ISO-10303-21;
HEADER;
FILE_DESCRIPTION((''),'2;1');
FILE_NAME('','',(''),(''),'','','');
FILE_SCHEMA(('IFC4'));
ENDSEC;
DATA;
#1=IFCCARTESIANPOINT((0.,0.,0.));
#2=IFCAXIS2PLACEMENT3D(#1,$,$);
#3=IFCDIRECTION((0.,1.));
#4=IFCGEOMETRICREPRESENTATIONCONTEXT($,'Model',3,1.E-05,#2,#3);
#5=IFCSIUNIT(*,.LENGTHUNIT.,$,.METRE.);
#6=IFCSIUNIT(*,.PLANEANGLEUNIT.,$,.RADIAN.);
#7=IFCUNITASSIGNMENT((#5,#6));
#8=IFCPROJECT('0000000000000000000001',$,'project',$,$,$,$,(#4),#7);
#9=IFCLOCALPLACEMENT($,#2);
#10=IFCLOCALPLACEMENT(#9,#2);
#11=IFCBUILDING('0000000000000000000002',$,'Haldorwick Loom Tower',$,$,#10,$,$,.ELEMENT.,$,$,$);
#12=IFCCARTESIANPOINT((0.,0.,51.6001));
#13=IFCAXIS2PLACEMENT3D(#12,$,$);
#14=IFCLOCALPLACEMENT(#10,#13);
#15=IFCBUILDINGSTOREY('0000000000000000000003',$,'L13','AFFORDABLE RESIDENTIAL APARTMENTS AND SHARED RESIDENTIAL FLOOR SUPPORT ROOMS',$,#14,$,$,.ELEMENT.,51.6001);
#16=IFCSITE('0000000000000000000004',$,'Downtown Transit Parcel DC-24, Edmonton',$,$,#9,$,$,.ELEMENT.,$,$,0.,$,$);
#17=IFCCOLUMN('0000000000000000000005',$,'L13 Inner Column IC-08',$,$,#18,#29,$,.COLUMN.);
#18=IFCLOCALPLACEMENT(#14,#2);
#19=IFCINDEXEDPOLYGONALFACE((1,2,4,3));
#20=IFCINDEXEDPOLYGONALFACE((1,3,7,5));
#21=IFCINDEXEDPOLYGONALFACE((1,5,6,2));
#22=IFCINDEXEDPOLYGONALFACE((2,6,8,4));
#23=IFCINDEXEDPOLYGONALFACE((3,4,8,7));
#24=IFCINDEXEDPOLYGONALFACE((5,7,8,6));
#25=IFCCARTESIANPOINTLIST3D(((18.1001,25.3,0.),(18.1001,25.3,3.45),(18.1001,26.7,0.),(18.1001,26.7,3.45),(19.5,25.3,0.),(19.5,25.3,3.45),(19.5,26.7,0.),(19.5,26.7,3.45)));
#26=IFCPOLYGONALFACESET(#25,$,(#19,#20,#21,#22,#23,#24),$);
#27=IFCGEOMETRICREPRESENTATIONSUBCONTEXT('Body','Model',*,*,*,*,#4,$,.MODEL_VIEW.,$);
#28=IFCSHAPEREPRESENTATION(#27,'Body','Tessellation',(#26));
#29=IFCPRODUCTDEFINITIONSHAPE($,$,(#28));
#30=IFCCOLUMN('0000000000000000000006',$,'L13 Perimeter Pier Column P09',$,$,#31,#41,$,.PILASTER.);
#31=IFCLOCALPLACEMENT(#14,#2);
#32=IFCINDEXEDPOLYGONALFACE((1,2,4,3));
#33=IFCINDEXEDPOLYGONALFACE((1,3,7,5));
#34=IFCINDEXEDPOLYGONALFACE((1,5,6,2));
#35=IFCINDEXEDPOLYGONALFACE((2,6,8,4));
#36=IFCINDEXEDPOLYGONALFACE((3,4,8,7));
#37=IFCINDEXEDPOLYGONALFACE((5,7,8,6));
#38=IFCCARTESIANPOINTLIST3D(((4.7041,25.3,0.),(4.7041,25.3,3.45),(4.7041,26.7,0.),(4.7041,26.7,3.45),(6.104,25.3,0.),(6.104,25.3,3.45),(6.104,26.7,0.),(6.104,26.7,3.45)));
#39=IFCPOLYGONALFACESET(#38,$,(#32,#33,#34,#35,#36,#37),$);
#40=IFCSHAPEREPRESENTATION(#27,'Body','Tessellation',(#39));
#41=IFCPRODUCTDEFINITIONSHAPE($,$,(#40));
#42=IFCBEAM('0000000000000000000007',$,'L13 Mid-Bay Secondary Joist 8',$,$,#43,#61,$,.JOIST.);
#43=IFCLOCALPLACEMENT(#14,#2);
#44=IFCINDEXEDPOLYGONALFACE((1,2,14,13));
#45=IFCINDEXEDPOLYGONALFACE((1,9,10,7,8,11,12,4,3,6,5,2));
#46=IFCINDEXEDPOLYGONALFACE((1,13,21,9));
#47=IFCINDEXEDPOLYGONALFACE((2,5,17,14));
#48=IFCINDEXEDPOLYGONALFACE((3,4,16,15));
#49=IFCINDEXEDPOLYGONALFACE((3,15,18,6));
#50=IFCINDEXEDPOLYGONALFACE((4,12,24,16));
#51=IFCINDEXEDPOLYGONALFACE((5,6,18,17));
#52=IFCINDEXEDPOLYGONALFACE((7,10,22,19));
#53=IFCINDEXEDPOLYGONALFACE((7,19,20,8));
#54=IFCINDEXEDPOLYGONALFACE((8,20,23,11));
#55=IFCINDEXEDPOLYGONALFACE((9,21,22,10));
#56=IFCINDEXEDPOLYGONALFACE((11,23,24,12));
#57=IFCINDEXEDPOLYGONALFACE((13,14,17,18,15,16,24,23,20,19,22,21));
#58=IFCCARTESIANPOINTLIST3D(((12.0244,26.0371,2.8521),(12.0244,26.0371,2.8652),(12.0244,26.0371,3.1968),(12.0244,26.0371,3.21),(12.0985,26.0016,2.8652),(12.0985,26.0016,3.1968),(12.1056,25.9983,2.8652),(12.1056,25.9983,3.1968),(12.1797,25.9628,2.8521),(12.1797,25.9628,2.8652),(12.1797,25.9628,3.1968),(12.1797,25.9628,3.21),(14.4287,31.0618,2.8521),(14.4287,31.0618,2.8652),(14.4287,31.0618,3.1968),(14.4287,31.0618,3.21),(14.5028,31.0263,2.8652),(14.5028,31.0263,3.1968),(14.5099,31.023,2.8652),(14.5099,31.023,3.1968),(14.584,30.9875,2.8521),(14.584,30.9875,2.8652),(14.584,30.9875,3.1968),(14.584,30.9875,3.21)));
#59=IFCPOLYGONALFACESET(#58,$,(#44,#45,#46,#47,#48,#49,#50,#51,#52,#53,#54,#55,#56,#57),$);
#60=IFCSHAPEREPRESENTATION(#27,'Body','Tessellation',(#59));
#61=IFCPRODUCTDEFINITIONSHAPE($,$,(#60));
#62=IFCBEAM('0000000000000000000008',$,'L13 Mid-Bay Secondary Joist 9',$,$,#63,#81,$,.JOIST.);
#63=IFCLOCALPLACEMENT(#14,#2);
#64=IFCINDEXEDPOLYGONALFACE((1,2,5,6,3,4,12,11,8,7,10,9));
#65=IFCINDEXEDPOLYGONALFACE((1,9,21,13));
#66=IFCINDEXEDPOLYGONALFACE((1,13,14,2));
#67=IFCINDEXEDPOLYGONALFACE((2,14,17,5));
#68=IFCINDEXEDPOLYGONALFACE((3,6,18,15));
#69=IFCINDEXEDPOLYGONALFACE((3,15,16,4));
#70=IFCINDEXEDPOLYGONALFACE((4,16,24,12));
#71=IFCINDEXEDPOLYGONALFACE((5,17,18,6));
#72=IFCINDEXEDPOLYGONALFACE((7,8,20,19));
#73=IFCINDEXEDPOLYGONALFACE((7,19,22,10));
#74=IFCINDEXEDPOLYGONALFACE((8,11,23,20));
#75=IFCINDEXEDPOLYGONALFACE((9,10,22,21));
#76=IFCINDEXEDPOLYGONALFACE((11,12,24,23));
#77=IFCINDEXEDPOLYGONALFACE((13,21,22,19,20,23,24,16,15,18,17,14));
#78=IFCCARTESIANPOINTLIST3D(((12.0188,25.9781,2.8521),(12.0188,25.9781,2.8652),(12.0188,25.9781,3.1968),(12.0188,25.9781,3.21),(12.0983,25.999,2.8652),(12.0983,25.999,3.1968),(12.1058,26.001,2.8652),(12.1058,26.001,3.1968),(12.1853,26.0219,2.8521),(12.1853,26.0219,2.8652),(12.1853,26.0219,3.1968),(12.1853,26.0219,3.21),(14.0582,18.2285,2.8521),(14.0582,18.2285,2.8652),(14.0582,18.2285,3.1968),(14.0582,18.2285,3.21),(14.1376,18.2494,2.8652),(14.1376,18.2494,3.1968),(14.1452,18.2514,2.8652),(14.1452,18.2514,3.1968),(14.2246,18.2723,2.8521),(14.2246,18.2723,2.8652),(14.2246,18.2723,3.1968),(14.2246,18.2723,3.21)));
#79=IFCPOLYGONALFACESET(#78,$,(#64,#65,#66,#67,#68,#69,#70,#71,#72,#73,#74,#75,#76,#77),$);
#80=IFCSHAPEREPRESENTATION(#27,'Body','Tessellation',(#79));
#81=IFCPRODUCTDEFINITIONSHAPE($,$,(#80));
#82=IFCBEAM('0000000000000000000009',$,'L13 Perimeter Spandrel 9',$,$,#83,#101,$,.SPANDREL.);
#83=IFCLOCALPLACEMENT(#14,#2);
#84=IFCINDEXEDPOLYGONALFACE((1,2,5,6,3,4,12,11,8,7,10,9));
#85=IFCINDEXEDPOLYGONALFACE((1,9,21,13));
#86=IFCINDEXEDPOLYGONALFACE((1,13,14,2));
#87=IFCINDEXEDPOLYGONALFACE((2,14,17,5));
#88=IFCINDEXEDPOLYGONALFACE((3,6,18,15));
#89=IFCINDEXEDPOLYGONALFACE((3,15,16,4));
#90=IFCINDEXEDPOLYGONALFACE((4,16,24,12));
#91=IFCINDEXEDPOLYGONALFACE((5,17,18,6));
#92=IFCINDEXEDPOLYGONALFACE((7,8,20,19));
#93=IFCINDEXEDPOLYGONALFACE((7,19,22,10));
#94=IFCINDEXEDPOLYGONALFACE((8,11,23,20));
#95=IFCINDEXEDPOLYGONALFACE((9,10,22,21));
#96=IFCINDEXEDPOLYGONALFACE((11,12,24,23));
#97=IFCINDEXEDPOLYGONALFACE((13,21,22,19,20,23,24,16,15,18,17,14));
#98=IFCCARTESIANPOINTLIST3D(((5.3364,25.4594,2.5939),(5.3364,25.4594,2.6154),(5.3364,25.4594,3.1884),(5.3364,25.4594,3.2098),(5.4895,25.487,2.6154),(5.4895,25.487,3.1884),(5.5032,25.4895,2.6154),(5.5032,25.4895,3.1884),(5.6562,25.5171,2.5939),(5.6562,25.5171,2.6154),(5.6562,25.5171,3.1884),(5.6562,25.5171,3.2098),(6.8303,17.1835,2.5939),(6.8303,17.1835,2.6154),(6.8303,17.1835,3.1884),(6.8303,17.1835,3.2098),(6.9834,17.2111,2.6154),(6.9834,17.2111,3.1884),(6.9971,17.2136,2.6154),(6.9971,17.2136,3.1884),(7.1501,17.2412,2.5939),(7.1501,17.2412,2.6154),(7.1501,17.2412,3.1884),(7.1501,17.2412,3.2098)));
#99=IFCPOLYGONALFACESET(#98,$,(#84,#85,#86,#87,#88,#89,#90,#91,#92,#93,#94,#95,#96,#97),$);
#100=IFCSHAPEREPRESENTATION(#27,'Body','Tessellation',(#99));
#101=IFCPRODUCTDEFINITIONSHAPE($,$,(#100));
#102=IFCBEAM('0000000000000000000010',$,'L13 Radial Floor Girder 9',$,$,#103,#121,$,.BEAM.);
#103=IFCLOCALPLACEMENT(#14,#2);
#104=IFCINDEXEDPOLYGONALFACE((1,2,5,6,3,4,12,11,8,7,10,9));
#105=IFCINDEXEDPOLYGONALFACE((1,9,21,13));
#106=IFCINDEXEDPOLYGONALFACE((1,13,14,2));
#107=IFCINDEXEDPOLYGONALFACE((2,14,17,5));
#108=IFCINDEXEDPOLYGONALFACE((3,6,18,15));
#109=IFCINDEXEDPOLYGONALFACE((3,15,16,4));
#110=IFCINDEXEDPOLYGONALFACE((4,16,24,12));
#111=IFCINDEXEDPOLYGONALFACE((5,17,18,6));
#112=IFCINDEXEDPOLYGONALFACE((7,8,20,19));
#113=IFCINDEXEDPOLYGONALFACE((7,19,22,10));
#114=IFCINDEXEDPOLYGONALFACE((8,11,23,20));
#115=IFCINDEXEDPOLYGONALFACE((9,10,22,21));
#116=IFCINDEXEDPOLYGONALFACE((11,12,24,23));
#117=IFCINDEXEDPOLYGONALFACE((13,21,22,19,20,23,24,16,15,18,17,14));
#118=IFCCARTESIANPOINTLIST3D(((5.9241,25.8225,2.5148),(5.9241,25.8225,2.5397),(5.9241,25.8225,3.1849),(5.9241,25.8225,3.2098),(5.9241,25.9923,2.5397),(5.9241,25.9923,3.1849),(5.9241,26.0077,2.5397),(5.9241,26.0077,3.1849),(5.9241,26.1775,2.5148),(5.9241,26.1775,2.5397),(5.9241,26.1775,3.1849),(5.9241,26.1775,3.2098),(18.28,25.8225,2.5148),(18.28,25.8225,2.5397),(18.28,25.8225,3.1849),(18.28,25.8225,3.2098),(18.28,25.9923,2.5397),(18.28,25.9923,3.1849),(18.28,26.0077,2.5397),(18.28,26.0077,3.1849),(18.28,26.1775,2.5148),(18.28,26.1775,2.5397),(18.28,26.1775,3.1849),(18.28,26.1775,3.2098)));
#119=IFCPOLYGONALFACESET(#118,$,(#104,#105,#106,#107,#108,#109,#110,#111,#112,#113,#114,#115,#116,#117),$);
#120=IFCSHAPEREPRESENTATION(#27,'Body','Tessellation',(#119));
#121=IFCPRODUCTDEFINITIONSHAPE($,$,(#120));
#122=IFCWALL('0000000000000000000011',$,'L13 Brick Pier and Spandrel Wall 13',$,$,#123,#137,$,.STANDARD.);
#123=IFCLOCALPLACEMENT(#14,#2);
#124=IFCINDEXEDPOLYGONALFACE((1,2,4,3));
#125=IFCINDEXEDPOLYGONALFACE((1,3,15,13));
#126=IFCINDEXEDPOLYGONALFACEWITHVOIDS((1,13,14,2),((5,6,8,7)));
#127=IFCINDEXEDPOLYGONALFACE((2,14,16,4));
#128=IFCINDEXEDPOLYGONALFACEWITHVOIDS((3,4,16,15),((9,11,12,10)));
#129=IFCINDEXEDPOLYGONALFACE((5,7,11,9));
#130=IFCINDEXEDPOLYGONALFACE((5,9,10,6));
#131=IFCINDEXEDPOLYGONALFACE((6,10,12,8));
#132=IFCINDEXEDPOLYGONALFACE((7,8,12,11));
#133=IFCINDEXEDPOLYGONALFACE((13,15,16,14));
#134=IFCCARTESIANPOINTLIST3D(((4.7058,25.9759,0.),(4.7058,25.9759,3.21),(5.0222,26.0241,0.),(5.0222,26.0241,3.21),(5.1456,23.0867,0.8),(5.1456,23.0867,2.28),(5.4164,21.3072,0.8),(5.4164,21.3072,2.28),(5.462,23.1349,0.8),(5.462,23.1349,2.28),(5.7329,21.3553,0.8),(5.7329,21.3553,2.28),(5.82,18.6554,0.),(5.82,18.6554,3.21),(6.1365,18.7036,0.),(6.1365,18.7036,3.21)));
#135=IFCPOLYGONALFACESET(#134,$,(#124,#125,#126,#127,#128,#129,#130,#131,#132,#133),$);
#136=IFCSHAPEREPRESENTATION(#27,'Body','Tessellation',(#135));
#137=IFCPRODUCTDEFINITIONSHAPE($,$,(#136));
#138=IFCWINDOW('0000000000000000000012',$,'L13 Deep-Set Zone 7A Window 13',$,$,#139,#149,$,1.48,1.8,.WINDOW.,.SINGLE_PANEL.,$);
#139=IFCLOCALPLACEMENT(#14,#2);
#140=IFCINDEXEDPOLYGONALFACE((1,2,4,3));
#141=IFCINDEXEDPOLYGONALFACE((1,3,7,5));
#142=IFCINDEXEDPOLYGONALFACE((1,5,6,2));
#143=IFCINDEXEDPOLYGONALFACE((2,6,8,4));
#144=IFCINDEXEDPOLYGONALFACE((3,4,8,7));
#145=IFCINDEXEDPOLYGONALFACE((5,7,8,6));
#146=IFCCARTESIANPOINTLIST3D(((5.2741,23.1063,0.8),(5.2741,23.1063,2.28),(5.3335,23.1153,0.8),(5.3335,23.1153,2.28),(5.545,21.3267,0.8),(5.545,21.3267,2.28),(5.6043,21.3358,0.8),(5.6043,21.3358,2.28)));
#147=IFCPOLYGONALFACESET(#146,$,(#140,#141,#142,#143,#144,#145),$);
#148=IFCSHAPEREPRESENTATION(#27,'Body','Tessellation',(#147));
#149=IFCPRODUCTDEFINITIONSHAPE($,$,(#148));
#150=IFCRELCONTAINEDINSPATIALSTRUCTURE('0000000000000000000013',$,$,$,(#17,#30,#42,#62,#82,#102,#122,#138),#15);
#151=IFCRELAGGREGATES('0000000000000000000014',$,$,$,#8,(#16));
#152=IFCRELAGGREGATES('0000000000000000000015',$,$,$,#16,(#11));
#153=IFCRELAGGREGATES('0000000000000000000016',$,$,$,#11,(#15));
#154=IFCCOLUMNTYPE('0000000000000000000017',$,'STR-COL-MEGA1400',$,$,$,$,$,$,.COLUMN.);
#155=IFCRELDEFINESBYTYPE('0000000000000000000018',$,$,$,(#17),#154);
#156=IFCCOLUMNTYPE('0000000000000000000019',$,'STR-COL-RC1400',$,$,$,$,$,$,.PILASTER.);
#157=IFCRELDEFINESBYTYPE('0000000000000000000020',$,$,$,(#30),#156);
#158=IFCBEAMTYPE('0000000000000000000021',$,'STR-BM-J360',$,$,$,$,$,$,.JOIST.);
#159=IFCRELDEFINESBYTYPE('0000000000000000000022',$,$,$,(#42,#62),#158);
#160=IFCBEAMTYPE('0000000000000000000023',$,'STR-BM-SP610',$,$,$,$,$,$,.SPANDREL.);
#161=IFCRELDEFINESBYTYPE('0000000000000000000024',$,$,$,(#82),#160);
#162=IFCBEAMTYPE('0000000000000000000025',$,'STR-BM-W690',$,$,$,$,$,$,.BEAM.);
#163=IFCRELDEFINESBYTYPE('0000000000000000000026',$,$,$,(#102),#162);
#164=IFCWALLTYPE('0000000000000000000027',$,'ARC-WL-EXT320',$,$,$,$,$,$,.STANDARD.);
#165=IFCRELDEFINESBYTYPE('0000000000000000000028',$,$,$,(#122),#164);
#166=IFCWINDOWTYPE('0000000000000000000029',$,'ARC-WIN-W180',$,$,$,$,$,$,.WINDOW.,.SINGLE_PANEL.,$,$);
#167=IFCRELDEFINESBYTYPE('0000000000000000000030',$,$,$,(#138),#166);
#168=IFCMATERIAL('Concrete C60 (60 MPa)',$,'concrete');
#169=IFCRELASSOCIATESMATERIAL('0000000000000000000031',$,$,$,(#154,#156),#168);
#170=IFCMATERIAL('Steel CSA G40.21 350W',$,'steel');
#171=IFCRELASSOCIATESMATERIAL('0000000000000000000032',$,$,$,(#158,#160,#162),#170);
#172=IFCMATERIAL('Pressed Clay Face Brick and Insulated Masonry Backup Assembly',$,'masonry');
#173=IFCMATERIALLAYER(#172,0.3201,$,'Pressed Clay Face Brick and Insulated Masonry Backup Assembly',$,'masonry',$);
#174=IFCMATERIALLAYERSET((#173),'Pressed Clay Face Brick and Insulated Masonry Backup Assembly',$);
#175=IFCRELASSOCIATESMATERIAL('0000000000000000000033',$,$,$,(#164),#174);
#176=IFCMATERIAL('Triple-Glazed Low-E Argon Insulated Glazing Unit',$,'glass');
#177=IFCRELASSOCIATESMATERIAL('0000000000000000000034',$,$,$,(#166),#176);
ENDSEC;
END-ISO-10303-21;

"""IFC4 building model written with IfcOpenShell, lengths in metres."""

from ifc_helpers import new_model, si_unit, direction, frame, frame_2d, origin, origin_2d, place, context, subcontext, project, spatial, rectangle, i_section, extrude, material, layer, layer_set, material_profile, profile_set, type_object, element, fill, save


model = new_model("IFC4")

# Units and contexts
model_context = context("Model", 3, precision=1e-05, world=origin(), true_north=direction((0.0, 1.0)))
body_context = subcontext(model_context, "Body", "Model", "MODEL_VIEW")
ifc_project = project(units=[si_unit("LENGTHUNIT", "METRE"), si_unit("PLANEANGLEUNIT", "RADIAN")], contexts=[model_context])

# Site, building, storey
site_placement = place(None, origin())
site = spatial("IfcSite", under=ifc_project, at=site_placement, Name="Downtown Transit Parcel DC-24, Edmonton", CompositionType="ELEMENT", RefElevation=0.0)
building_placement = place(site_placement, origin())
building = spatial("IfcBuilding", under=site, at=building_placement, Name="Haldorwick Loom Tower", CompositionType="ELEMENT")
storey_placement = place(building_placement, frame((0.0, 0.0, 51.6001)))
storey = spatial("IfcBuildingStorey", under=building, at=storey_placement, Name="L13", Description="AFFORDABLE RESIDENTIAL APARTMENTS AND SHARED RESIDENTIAL FLOOR SUPPORT ROOMS", CompositionType="ELEMENT", Elevation=51.6001)

# Columns
ifc_material_1 = material(Name="Concrete C60 (60 MPa)", Category="concrete")
ifc_material_profile_1 = material_profile(ifc_material_1, rectangle(XDim=1.3999, YDim=1.3999, at=origin_2d()), Name="RC1400X1400", Category="concrete")
ifc_profile_set_1 = profile_set([ifc_material_profile_1], Name="Concrete C60 (60 MPa)")
column_type_1 = type_object("IfcColumnType", Name="STR-COL-MEGA1400", PredefinedType="COLUMN", material=ifc_profile_set_1)
column_1_placement = place(storey_placement, frame((18.8, 26.0, 0.0), z_axis=(0.0, 0.0, 1.0), x_axis=(1.0, 0.0, 0.0)))
element("IfcColumn", 1, at=column_1_placement, inside=storey, type_object=column_type_1, Name="L13 Inner Column IC-08", PredefinedType="COLUMN", context=body_context, shape_type="SweptSolid", body=[
    extrude(rectangle(XDim=1.3999, YDim=1.3999, at=origin_2d()), origin(), (0.0, 0.0, 1.0), 3.45),
])
ifc_material_profile_2 = material_profile(ifc_material_1, rectangle(XDim=1.3999, YDim=1.3999, at=origin_2d()), Name="RC1400X1400", Category="concrete")
ifc_profile_set_2 = profile_set([ifc_material_profile_2], Name="Concrete C60 (60 MPa)")
column_type_2 = type_object("IfcColumnType", Name="STR-COL-RC1400", PredefinedType="PILASTER", material=ifc_profile_set_2)
column_2_placement = place(storey_placement, frame((5.4041, 26.0, 0.0), z_axis=(0.0, 0.0, 1.0), x_axis=(-1.0, 0.0, 0.0)))
element("IfcColumn", 2, at=column_2_placement, inside=storey, type_object=column_type_2, Name="L13 Perimeter Pier Column P09", PredefinedType="PILASTER", context=body_context, shape_type="SweptSolid", body=[
    extrude(rectangle(XDim=1.3999, YDim=1.3999, at=origin_2d()), origin(), (0.0, 0.0, 1.0), 3.45),
])

# Beams
ifc_material_2 = material(Name="Steel CSA G40.21 350W", Category="steel")
ifc_material_profile_3 = material_profile(ifc_material_2, i_section(OverallWidth=0.1721, OverallDepth=0.3579, WebThickness=0.0078, FlangeThickness=0.0132, at=origin_2d()), Name="W360X57", Category="steel")
ifc_profile_set_3 = profile_set([ifc_material_profile_3], Name="Steel CSA G40.21 350W")
beam_type_1 = type_object("IfcBeamType", Name="STR-BM-J360", PredefinedType="JOIST", material=ifc_profile_set_3)
beam_1_placement = place(storey_placement, frame((14.5063, 31.0247, 3.031), z_axis=(-0.431631, -0.90205, 0.0), x_axis=(0.90205, -0.431631, 0.0)))
element("IfcBeam", 3, at=beam_1_placement, inside=storey, type_object=beam_type_1, Name="L13 Mid-Bay Secondary Joist 8", PredefinedType="JOIST", context=body_context, shape_type="SweptSolid", body=[
    extrude(i_section(OverallWidth=0.1721, OverallDepth=0.3579, WebThickness=0.0078, FlangeThickness=0.0132, at=origin_2d()), origin(), (0.0, 0.0, 1.0), 5.5703),
])
beam_2_placement = place(storey_placement, frame((12.1021, 26.0, 3.031), z_axis=(0.254489, -0.967076, 0.0), x_axis=(0.967076, 0.254489, 0.0)))
element("IfcBeam", 4, at=beam_2_placement, inside=storey, type_object=beam_type_1, Name="L13 Mid-Bay Secondary Joist 9", PredefinedType="JOIST", context=body_context, shape_type="SweptSolid", body=[
    extrude(i_section(OverallWidth=0.1721, OverallDepth=0.3579, WebThickness=0.0078, FlangeThickness=0.0132, at=origin_2d()), origin(), (0.0, 0.0, 1.0), 8.0134),
])
ifc_material_profile_4 = material_profile(ifc_material_2, i_section(OverallWidth=0.325, OverallDepth=0.616, WebThickness=0.0139, FlangeThickness=0.0215, at=origin_2d()), Name="W610X174", Category="steel")
ifc_profile_set_4 = profile_set([ifc_material_profile_4], Name="Steel CSA G40.21 350W")
beam_type_2 = type_object("IfcBeamType", Name="STR-BM-SP610", PredefinedType="SPANDREL", material=ifc_profile_set_4)
beam_3_placement = place(storey_placement, frame((5.4963, 25.4883, 2.9019), z_axis=(0.177641, -0.984095, 0.0), x_axis=(0.984095, 0.177641, 0.0)))
element("IfcBeam", 5, at=beam_3_placement, inside=storey, type_object=beam_type_2, Name="L13 Perimeter Spandrel 9", PredefinedType="SPANDREL", context=body_context, shape_type="SweptSolid", body=[
    extrude(i_section(OverallWidth=0.325, OverallDepth=0.616, WebThickness=0.0139, FlangeThickness=0.0215, at=origin_2d()), origin(), (0.0, 0.0, 1.0), 8.4097),
])
ifc_material_profile_5 = material_profile(ifc_material_2, i_section(OverallWidth=0.355, OverallDepth=0.6951, WebThickness=0.0154, FlangeThickness=0.0249, at=origin_2d()), Name="W690X217", Category="steel")
ifc_profile_set_5 = profile_set([ifc_material_profile_5], Name="Steel CSA G40.21 350W")
beam_type_3 = type_object("IfcBeamType", Name="STR-BM-W690", PredefinedType="BEAM", material=ifc_profile_set_5)
beam_4_placement = place(storey_placement, frame((18.28, 26.0, 2.8623), z_axis=(-1.0, 0.0, 0.0), x_axis=(0.0, -1.0, 0.0)))
element("IfcBeam", 6, at=beam_4_placement, inside=storey, type_object=beam_type_3, Name="L13 Radial Floor Girder 9", PredefinedType="BEAM", context=body_context, shape_type="SweptSolid", body=[
    extrude(i_section(OverallWidth=0.355, OverallDepth=0.6951, WebThickness=0.0154, FlangeThickness=0.0249, at=origin_2d()), origin(), (0.0, 0.0, 1.0), 12.356),
])

# Wall, opening, window
ifc_material_3 = material(Name="Pressed Clay Face Brick and Insulated Masonry Backup Assembly", Category="masonry")
ifc_layer_1 = layer(ifc_material_3, 0.3201, Name="Pressed Clay Face Brick and Insulated Masonry Backup Assembly", Category="masonry")
ifc_layer_set_1 = layer_set([ifc_layer_1], Name="Pressed Clay Face Brick and Insulated Masonry Backup Assembly")
wall_type_1 = type_object("IfcWallType", Name="ARC-WL-EXT320", PredefinedType="STANDARD", material=ifc_layer_set_1)
wall_1_placement = place(storey_placement, frame((4.864, 26.0, 0.0), z_axis=(0.0, 0.0, 1.0), x_axis=(0.150476, -0.988614, 0.0)))
wall_1 = element("IfcWall", 7, at=wall_1_placement, inside=storey, type_object=wall_type_1, Name="L13 Brick Pier and Spandrel Wall 13", PredefinedType="STANDARD", context=body_context, shape_type="SweptSolid", body=[
    extrude(rectangle(XDim=7.4048, YDim=0.3201, at=frame_2d((3.7024, 0.0))), origin(), (0.0, 0.0, 1.0), 3.21),
])
opening_1_placement = place(wall_1_placement, frame((2.9226, 0.0, 0.8)))
opening_1 = element("IfcOpeningElement", 8, at=opening_1_placement, cuts=wall_1, PredefinedType="OPENING", context=body_context, shape_type="SweptSolid", body=[
    extrude(rectangle(XDim=1.8, YDim=1.48, at=frame_2d((0.8999, 0.74))), frame((0.0, 0.1699, 0.0), z_axis=(0.0, -1.0, 0.0), x_axis=(1.0, 0.0, 0.0)), (0.0, 0.0, 1.0), 0.3401),
])
ifc_material_4 = material(Name="Triple-Glazed Low-E Argon Insulated Glazing Unit", Category="glass")
window_type = type_object("IfcWindowType", Name="ARC-WIN-W180", PartitioningType="SINGLE_PANEL", PredefinedType="WINDOW", material=ifc_material_4)
window_placement = place(opening_1_placement, origin())
window = element("IfcWindow", 9, at=window_placement, inside=storey, type_object=window_type, Name="L13 Deep-Set Zone 7A Window 13", OverallHeight=1.48, OverallWidth=1.8, PartitioningType="SINGLE_PANEL", PredefinedType="WINDOW", context=body_context, shape_type="SweptSolid", body=[
    extrude(rectangle(XDim=1.8, YDim=1.48, at=frame_2d((0.8999, 0.74))), frame((0.0, 0.03, 0.0), z_axis=(0.0, -1.0, 0.0), x_axis=(1.0, 0.0, 0.0)), (0.0, 0.0, 1.0), 0.0601),
])
fill(opening_1, window)

save(model, "model.ifc")
